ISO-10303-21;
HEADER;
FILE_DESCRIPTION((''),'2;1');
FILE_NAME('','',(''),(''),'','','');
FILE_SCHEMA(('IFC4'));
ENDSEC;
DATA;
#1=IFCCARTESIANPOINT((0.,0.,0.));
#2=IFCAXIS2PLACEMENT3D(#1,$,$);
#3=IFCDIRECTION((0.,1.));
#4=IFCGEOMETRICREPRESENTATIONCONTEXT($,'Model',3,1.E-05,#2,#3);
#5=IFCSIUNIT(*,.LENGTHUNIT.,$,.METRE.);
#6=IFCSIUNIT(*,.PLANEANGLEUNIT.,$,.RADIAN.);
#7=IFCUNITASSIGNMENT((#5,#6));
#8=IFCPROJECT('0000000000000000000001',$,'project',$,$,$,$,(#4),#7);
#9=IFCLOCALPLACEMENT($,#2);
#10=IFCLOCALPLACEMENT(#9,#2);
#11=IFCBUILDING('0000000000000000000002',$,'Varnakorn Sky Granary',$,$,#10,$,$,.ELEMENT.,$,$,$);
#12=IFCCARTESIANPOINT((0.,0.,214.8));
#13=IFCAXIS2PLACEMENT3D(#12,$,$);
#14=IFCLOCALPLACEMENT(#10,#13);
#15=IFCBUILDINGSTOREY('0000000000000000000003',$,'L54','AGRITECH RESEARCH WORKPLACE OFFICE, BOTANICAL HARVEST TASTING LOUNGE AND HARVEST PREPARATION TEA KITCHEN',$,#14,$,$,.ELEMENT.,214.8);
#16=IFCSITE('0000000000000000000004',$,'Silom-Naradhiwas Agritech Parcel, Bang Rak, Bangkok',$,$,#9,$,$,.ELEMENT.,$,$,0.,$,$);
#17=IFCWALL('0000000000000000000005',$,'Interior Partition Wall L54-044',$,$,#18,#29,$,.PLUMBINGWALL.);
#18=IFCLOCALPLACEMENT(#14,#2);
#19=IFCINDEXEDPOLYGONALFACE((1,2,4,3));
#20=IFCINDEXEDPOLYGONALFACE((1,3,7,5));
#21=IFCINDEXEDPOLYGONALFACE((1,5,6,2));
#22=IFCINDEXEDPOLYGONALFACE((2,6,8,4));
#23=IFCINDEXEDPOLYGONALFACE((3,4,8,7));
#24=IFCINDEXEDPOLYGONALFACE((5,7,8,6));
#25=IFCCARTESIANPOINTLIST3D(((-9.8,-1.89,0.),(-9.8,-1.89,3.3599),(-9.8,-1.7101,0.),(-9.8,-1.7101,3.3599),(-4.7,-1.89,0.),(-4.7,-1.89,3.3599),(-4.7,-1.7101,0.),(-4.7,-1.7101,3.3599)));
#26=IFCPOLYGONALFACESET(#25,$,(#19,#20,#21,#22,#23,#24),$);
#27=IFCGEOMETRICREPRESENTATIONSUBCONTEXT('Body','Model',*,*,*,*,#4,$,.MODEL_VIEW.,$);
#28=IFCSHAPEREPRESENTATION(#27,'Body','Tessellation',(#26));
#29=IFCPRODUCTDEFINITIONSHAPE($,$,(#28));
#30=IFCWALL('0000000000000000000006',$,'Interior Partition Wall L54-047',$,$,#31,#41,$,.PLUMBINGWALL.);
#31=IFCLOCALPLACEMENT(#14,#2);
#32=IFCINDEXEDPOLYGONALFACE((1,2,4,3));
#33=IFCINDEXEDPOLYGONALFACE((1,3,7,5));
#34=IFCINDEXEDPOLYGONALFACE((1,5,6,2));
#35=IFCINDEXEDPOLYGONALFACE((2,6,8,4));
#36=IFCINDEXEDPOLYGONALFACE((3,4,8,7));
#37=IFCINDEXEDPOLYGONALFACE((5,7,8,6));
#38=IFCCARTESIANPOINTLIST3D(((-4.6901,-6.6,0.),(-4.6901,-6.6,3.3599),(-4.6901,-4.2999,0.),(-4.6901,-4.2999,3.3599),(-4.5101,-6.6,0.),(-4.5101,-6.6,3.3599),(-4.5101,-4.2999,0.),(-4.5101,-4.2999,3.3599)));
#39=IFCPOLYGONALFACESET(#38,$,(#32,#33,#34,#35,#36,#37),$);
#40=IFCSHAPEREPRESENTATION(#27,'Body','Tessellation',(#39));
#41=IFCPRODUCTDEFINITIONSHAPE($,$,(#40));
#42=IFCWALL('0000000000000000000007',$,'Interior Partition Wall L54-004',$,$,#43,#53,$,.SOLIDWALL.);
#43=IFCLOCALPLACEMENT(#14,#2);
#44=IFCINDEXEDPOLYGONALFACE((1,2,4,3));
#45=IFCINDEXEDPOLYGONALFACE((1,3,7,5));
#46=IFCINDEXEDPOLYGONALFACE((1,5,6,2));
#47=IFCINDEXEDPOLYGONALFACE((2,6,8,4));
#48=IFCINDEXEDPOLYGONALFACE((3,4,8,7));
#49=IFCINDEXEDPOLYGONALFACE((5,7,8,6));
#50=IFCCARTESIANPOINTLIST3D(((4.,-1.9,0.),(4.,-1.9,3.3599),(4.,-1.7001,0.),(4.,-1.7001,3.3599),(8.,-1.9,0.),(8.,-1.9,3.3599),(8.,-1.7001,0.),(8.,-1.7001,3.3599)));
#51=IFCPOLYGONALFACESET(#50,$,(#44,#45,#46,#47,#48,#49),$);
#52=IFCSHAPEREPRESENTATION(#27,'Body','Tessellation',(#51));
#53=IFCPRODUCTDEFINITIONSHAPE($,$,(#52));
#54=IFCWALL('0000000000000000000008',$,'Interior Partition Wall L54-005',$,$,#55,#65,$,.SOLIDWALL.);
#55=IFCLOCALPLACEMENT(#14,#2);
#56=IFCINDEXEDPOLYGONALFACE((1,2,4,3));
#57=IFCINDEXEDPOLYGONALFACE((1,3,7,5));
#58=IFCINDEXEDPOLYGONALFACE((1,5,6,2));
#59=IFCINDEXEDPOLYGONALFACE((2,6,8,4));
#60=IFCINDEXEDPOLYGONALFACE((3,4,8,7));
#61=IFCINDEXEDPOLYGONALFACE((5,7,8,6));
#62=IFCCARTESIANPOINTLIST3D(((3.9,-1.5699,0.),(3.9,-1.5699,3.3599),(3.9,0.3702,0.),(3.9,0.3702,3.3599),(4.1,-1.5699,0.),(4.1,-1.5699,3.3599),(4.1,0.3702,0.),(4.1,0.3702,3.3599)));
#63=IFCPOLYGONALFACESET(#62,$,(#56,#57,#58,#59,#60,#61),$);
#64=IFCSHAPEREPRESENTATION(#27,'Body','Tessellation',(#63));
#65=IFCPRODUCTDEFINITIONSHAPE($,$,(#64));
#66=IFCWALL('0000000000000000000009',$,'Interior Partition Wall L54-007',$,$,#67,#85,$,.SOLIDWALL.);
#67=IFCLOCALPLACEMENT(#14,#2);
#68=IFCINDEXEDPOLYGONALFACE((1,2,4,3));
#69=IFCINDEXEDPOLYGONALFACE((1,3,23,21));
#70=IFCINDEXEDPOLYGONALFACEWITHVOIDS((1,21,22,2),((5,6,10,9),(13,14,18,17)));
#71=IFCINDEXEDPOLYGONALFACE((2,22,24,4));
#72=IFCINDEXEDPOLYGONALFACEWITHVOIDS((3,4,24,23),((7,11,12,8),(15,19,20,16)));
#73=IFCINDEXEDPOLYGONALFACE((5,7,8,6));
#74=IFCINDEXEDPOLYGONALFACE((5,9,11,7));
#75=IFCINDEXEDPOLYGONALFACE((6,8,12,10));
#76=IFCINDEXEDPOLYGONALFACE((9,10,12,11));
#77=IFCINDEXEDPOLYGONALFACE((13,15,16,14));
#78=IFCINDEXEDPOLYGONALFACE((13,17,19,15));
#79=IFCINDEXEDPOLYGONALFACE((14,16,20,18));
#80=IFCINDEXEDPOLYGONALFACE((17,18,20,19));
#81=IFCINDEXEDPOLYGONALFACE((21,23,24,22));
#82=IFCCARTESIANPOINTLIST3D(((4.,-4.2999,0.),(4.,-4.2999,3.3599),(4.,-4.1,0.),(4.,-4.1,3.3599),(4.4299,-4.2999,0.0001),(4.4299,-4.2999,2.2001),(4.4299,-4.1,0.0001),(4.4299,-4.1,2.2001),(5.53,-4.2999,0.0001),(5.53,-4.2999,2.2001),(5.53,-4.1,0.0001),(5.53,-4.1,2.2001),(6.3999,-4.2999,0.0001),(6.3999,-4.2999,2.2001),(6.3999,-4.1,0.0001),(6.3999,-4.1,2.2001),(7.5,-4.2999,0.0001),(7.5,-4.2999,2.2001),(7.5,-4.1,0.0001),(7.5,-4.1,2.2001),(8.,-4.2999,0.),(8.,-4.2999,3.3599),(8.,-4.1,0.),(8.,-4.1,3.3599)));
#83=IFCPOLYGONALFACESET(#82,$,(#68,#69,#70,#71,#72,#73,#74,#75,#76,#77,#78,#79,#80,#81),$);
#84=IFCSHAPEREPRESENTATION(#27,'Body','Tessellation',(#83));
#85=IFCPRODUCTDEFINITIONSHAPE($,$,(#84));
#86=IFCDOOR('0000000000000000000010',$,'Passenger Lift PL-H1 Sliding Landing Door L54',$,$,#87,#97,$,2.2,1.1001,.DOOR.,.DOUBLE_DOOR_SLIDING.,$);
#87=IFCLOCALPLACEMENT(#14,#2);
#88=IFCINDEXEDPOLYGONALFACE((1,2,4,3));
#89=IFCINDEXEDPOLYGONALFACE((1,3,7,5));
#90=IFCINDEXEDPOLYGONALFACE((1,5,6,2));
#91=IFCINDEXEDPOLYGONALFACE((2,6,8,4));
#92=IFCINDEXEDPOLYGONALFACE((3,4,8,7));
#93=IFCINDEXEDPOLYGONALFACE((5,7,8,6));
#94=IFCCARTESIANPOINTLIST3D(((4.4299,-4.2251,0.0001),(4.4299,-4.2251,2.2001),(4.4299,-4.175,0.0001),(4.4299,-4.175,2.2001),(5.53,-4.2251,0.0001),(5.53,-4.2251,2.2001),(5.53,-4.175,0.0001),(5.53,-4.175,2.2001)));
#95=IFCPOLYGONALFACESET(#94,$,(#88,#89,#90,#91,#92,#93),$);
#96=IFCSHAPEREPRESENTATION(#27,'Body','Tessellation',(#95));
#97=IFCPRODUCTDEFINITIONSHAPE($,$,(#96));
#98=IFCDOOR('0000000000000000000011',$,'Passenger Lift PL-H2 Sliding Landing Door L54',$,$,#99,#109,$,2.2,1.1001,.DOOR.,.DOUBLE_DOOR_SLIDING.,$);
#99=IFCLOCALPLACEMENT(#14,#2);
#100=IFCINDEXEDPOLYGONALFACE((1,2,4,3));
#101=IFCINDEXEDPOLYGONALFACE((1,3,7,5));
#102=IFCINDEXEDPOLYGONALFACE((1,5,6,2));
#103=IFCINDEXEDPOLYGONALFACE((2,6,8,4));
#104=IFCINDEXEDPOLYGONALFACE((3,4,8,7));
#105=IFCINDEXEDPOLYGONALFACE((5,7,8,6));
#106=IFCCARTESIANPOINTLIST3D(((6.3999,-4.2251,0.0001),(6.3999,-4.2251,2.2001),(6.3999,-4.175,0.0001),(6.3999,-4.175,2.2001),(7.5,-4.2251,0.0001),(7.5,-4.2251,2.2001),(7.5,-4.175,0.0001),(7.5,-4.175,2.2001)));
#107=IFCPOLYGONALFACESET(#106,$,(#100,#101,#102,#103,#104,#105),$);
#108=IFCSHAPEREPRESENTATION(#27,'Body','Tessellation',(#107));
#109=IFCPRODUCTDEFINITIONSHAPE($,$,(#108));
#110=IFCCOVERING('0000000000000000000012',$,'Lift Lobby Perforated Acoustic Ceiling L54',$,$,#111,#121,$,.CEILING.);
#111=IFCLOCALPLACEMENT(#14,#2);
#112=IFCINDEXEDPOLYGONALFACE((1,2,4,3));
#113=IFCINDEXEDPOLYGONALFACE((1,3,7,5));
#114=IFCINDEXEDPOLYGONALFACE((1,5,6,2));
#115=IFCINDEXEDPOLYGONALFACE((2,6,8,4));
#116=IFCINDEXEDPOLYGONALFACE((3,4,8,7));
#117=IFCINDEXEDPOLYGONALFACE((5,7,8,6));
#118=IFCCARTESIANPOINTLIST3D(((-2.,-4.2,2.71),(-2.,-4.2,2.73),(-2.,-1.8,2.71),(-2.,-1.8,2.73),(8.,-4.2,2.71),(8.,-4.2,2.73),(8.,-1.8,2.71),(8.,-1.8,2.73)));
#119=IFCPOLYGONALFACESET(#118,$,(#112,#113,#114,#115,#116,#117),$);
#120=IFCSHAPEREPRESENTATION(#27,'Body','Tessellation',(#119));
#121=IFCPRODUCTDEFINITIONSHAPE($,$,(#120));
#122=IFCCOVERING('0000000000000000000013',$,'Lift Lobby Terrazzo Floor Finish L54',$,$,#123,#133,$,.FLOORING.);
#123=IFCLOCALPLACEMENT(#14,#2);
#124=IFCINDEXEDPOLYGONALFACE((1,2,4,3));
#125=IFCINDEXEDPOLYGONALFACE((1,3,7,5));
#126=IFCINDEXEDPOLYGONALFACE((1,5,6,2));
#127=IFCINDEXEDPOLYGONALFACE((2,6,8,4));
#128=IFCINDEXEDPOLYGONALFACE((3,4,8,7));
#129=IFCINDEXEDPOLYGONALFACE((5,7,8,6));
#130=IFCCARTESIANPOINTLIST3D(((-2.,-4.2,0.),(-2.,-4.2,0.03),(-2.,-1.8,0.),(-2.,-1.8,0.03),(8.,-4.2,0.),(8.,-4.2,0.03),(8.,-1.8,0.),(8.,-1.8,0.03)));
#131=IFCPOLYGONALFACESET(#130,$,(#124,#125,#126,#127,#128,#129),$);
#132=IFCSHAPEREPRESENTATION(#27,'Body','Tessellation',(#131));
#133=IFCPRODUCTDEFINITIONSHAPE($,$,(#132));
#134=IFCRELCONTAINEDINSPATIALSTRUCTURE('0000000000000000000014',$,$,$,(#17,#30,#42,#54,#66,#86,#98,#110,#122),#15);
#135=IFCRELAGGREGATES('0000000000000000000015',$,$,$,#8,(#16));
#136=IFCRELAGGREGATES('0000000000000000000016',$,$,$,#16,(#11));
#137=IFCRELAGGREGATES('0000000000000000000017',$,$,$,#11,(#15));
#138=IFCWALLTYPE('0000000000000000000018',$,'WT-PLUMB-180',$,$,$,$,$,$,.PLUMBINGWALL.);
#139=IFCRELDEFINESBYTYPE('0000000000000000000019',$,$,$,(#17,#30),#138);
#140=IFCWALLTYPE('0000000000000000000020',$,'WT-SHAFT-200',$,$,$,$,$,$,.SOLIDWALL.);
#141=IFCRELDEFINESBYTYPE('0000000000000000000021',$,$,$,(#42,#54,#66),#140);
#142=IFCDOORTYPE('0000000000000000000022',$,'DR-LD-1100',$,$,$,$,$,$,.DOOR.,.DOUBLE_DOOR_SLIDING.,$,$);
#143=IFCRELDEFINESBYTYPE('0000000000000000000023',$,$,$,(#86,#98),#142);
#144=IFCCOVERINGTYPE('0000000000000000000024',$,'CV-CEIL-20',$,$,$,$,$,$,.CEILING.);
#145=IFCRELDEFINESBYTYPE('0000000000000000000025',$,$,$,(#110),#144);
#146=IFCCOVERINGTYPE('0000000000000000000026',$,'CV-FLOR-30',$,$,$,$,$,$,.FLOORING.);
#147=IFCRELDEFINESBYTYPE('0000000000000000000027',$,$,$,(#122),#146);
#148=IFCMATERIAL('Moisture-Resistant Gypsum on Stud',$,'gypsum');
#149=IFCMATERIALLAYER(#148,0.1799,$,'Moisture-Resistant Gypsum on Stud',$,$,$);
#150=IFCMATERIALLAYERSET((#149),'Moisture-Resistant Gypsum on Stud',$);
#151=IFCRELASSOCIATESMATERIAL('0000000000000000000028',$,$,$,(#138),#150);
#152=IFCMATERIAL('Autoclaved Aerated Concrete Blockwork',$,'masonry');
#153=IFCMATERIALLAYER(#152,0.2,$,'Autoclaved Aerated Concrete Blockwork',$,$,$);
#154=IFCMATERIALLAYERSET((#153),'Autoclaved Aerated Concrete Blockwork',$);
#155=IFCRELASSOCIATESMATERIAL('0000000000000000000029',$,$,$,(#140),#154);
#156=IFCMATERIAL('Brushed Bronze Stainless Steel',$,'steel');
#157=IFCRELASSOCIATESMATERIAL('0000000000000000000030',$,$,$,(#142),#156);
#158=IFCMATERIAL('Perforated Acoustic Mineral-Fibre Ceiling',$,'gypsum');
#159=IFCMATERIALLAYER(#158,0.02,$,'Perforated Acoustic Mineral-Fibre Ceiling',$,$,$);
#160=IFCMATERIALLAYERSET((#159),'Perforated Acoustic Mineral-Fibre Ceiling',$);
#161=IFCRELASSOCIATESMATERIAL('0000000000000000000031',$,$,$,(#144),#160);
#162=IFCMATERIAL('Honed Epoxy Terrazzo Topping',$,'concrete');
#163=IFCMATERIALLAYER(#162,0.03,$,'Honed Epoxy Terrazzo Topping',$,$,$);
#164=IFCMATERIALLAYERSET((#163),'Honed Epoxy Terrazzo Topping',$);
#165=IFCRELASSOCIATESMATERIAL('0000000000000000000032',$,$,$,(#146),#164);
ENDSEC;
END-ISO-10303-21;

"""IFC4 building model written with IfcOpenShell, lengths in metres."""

from ifc_helpers import new_model, si_unit, direction, frame, frame_2d, origin, place, context, subcontext, project, spatial, polyline, rectangle, outline, extrude, material, layer, layer_set, type_object, element, fill, save


model = new_model("IFC4")

# Units and contexts
model_context = context("Model", 3, precision=1e-05, world=origin(), true_north=direction((0.0, 1.0)))
body_context = subcontext(model_context, "Body", "Model", "MODEL_VIEW")
ifc_project = project(units=[si_unit("LENGTHUNIT", "METRE"), si_unit("PLANEANGLEUNIT", "RADIAN")], contexts=[model_context])

# Site, building, storey
site_placement = place(None, origin())
site = spatial("IfcSite", under=ifc_project, at=site_placement, Name="Silom-Naradhiwas Agritech Parcel, Bang Rak, Bangkok", CompositionType="ELEMENT", RefElevation=0.0)
building_placement = place(site_placement, origin())
building = spatial("IfcBuilding", under=site, at=building_placement, Name="Varnakorn Sky Granary", CompositionType="ELEMENT")
storey_placement = place(building_placement, frame((0.0, 0.0, 214.8)))
storey = spatial("IfcBuildingStorey", under=building, at=storey_placement, Name="L54", Description="AGRITECH RESEARCH WORKPLACE OFFICE, BOTANICAL HARVEST TASTING LOUNGE AND HARVEST PREPARATION TEA KITCHEN", CompositionType="ELEMENT", Elevation=214.8)

# Shared definitions
ifc_material_1 = material(Name="Autoclaved Aerated Concrete Blockwork", Category="masonry")

# Walls
ifc_material_2 = material(Name="Moisture-Resistant Gypsum on Stud", Category="gypsum")
ifc_layer_1 = layer(ifc_material_2, 0.1799, Name="Moisture-Resistant Gypsum on Stud")
ifc_layer_set_1 = layer_set([ifc_layer_1], Name="Moisture-Resistant Gypsum on Stud")
wall_type_1 = type_object("IfcWallType", Name="WT-PLUMB-180", PredefinedType="PLUMBINGWALL", material=ifc_layer_set_1)
wall_1_placement = place(storey_placement, frame((-4.7, -1.8, 0.0), z_axis=(0.0, 0.0, 1.0), x_axis=(-1.0, 0.0, 0.0)))
element("IfcWall", 1, at=wall_1_placement, inside=storey, type_object=wall_type_1, Name="Interior Partition Wall L54-044", PredefinedType="PLUMBINGWALL", context=body_context, shape_type="SweptSolid", body=[
    extrude(rectangle(XDim=5.1001, YDim=0.1799, at=frame_2d((2.55, 0.0))), origin(), (0.0, 0.0, 1.0), 3.3599),
])
wall_2_placement = place(storey_placement, frame((-4.6001, -4.3, 0.0), z_axis=(0.0, 0.0, 1.0), x_axis=(0.0, -1.0, 0.0)))
element("IfcWall", 2, at=wall_2_placement, inside=storey, type_object=wall_type_1, Name="Interior Partition Wall L54-047", PredefinedType="PLUMBINGWALL", context=body_context, shape_type="SweptSolid", body=[
    extrude(rectangle(XDim=2.3, YDim=0.1799, at=frame_2d((1.1499, 0.0))), origin(), (0.0, 0.0, 1.0), 3.3599),
])
ifc_layer_2 = layer(ifc_material_1, 0.2, Name="Autoclaved Aerated Concrete Blockwork")
ifc_layer_set_2 = layer_set([ifc_layer_2], Name="Autoclaved Aerated Concrete Blockwork")
wall_type_2 = type_object("IfcWallType", Name="WT-SHAFT-200", PredefinedType="SOLIDWALL", material=ifc_layer_set_2)
wall_3_placement = place(storey_placement, frame((4.0, -1.8, 0.0), z_axis=(0.0, 0.0, 1.0), x_axis=(1.0, 0.0, 0.0)))
element("IfcWall", 3, at=wall_3_placement, inside=storey, type_object=wall_type_2, Name="Interior Partition Wall L54-004", PredefinedType="SOLIDWALL", context=body_context, shape_type="SweptSolid", body=[
    extrude(rectangle(XDim=4.0, YDim=0.2, at=frame_2d((2.0, 0.0))), origin(), (0.0, 0.0, 1.0), 3.3599),
])
wall_4_placement = place(storey_placement, frame((4.0, -1.5701, 0.0), z_axis=(0.0, 0.0, 1.0), x_axis=(0.0, 1.0, 0.0)))
element("IfcWall", 4, at=wall_4_placement, inside=storey, type_object=wall_type_2, Name="Interior Partition Wall L54-005", PredefinedType="SOLIDWALL", context=body_context, shape_type="SweptSolid", body=[
    extrude(rectangle(XDim=1.9402, YDim=0.2, at=frame_2d((0.9702, 0.0))), origin(), (0.0, 0.0, 1.0), 3.3599),
])

# Wall, openings, doors
wall_5_placement = place(storey_placement, frame((4.0, -4.2, 0.0), z_axis=(0.0, 0.0, 1.0), x_axis=(1.0, 0.0, 0.0)))
wall_5 = element("IfcWall", 5, at=wall_5_placement, inside=storey, type_object=wall_type_2, Name="Interior Partition Wall L54-007", PredefinedType="SOLIDWALL", context=body_context, shape_type="SweptSolid", body=[
    extrude(rectangle(XDim=4.0, YDim=0.2, at=frame_2d((2.0, 0.0))), origin(), (0.0, 0.0, 1.0), 3.3599),
])
opening_1_placement = place(wall_5_placement, frame((0.4299, 0.0, 0.0)))
opening_1 = element("IfcOpeningElement", 6, at=opening_1_placement, cuts=wall_5, PredefinedType="OPENING", context=body_context, shape_type="SweptSolid", body=[
    extrude(rectangle(XDim=1.1001, YDim=2.2, at=frame_2d((0.55, 1.1001))), frame((0.0, 0.1099, 0.0), z_axis=(0.0, -1.0, 0.0), x_axis=(1.0, 0.0, 0.0)), (0.0, 0.0, 1.0), 0.22),
])
opening_2_placement = place(wall_5_placement, frame((2.3999, 0.0, 0.0)))
opening_2 = element("IfcOpeningElement", 7, at=opening_2_placement, cuts=wall_5, PredefinedType="OPENING", context=body_context, shape_type="SweptSolid", body=[
    extrude(rectangle(XDim=1.1001, YDim=2.2, at=frame_2d((0.55, 1.1001))), frame((0.0, 0.1099, 0.0), z_axis=(0.0, -1.0, 0.0), x_axis=(1.0, 0.0, 0.0)), (0.0, 0.0, 1.0), 0.22),
])
ifc_material_3 = material(Name="Brushed Bronze Stainless Steel", Category="steel")
door_type_1 = type_object("IfcDoorType", Name="DR-LD-1100", OperationType="DOUBLE_DOOR_SLIDING", PredefinedType="DOOR", material=ifc_material_3)
door_1_placement = place(opening_1_placement, origin())
door_1 = element("IfcDoor", 8, at=door_1_placement, inside=storey, type_object=door_type_1, Name="Passenger Lift PL-H1 Sliding Landing Door L54", OperationType="DOUBLE_DOOR_SLIDING", OverallHeight=2.2, OverallWidth=1.1001, PredefinedType="DOOR", context=body_context, shape_type="SweptSolid", body=[
    extrude(rectangle(XDim=1.1001, YDim=2.2, at=frame_2d((0.55, 1.1001))), frame((0.0, 0.0249, 0.0), z_axis=(0.0, -1.0, 0.0), x_axis=(1.0, 0.0, 0.0)), (0.0, 0.0, 1.0), 0.05),
])
fill(opening_1, door_1)
door_2_placement = place(opening_2_placement, origin())
door_2 = element("IfcDoor", 9, at=door_2_placement, inside=storey, type_object=door_type_1, Name="Passenger Lift PL-H2 Sliding Landing Door L54", OperationType="DOUBLE_DOOR_SLIDING", OverallHeight=2.2, OverallWidth=1.1001, PredefinedType="DOOR", context=body_context, shape_type="SweptSolid", body=[
    extrude(rectangle(XDim=1.1001, YDim=2.2, at=frame_2d((0.55, 1.1001))), frame((0.0, 0.0249, 0.0), z_axis=(0.0, -1.0, 0.0), x_axis=(1.0, 0.0, 0.0)), (0.0, 0.0, 1.0), 0.05),
])
fill(opening_2, door_2)

# Coverings
ifc_material_4 = material(Name="Perforated Acoustic Mineral-Fibre Ceiling", Category="gypsum")
ifc_layer_3 = layer(ifc_material_4, 0.02, Name="Perforated Acoustic Mineral-Fibre Ceiling")
ifc_layer_set_3 = layer_set([ifc_layer_3], Name="Perforated Acoustic Mineral-Fibre Ceiling")
covering_type_1 = type_object("IfcCoveringType", Name="CV-CEIL-20", PredefinedType="CEILING", material=ifc_layer_set_3)
covering_1_placement = place(storey_placement, frame((0.0, 0.0, 2.71)))
element("IfcCovering", 10, at=covering_1_placement, inside=storey, type_object=covering_type_1, Name="Lift Lobby Perforated Acoustic Ceiling L54", PredefinedType="CEILING", context=body_context, shape_type="SweptSolid", body=[
    extrude(outline(polyline([(-2.0, -4.2), (8.0, -4.2), (8.0, -1.8), (-2.0, -1.8), (-2.0, -4.2)])), origin(), (0.0, 0.0, 1.0), 0.02),
])
ifc_material_5 = material(Name="Honed Epoxy Terrazzo Topping", Category="concrete")
ifc_layer_4 = layer(ifc_material_5, 0.03, Name="Honed Epoxy Terrazzo Topping")
ifc_layer_set_4 = layer_set([ifc_layer_4], Name="Honed Epoxy Terrazzo Topping")
covering_type_2 = type_object("IfcCoveringType", Name="CV-FLOR-30", PredefinedType="FLOORING", material=ifc_layer_set_4)
covering_2_placement = place(storey_placement, origin())
element("IfcCovering", 11, at=covering_2_placement, inside=storey, type_object=covering_type_2, Name="Lift Lobby Terrazzo Floor Finish L54", PredefinedType="FLOORING", context=body_context, shape_type="SweptSolid", body=[
    extrude(outline(polyline([(-2.0, -4.2), (8.0, -4.2), (8.0, -1.8), (-2.0, -1.8), (-2.0, -4.2)])), origin(), (0.0, 0.0, 1.0), 0.03),
])

save(model, "model.ifc")
